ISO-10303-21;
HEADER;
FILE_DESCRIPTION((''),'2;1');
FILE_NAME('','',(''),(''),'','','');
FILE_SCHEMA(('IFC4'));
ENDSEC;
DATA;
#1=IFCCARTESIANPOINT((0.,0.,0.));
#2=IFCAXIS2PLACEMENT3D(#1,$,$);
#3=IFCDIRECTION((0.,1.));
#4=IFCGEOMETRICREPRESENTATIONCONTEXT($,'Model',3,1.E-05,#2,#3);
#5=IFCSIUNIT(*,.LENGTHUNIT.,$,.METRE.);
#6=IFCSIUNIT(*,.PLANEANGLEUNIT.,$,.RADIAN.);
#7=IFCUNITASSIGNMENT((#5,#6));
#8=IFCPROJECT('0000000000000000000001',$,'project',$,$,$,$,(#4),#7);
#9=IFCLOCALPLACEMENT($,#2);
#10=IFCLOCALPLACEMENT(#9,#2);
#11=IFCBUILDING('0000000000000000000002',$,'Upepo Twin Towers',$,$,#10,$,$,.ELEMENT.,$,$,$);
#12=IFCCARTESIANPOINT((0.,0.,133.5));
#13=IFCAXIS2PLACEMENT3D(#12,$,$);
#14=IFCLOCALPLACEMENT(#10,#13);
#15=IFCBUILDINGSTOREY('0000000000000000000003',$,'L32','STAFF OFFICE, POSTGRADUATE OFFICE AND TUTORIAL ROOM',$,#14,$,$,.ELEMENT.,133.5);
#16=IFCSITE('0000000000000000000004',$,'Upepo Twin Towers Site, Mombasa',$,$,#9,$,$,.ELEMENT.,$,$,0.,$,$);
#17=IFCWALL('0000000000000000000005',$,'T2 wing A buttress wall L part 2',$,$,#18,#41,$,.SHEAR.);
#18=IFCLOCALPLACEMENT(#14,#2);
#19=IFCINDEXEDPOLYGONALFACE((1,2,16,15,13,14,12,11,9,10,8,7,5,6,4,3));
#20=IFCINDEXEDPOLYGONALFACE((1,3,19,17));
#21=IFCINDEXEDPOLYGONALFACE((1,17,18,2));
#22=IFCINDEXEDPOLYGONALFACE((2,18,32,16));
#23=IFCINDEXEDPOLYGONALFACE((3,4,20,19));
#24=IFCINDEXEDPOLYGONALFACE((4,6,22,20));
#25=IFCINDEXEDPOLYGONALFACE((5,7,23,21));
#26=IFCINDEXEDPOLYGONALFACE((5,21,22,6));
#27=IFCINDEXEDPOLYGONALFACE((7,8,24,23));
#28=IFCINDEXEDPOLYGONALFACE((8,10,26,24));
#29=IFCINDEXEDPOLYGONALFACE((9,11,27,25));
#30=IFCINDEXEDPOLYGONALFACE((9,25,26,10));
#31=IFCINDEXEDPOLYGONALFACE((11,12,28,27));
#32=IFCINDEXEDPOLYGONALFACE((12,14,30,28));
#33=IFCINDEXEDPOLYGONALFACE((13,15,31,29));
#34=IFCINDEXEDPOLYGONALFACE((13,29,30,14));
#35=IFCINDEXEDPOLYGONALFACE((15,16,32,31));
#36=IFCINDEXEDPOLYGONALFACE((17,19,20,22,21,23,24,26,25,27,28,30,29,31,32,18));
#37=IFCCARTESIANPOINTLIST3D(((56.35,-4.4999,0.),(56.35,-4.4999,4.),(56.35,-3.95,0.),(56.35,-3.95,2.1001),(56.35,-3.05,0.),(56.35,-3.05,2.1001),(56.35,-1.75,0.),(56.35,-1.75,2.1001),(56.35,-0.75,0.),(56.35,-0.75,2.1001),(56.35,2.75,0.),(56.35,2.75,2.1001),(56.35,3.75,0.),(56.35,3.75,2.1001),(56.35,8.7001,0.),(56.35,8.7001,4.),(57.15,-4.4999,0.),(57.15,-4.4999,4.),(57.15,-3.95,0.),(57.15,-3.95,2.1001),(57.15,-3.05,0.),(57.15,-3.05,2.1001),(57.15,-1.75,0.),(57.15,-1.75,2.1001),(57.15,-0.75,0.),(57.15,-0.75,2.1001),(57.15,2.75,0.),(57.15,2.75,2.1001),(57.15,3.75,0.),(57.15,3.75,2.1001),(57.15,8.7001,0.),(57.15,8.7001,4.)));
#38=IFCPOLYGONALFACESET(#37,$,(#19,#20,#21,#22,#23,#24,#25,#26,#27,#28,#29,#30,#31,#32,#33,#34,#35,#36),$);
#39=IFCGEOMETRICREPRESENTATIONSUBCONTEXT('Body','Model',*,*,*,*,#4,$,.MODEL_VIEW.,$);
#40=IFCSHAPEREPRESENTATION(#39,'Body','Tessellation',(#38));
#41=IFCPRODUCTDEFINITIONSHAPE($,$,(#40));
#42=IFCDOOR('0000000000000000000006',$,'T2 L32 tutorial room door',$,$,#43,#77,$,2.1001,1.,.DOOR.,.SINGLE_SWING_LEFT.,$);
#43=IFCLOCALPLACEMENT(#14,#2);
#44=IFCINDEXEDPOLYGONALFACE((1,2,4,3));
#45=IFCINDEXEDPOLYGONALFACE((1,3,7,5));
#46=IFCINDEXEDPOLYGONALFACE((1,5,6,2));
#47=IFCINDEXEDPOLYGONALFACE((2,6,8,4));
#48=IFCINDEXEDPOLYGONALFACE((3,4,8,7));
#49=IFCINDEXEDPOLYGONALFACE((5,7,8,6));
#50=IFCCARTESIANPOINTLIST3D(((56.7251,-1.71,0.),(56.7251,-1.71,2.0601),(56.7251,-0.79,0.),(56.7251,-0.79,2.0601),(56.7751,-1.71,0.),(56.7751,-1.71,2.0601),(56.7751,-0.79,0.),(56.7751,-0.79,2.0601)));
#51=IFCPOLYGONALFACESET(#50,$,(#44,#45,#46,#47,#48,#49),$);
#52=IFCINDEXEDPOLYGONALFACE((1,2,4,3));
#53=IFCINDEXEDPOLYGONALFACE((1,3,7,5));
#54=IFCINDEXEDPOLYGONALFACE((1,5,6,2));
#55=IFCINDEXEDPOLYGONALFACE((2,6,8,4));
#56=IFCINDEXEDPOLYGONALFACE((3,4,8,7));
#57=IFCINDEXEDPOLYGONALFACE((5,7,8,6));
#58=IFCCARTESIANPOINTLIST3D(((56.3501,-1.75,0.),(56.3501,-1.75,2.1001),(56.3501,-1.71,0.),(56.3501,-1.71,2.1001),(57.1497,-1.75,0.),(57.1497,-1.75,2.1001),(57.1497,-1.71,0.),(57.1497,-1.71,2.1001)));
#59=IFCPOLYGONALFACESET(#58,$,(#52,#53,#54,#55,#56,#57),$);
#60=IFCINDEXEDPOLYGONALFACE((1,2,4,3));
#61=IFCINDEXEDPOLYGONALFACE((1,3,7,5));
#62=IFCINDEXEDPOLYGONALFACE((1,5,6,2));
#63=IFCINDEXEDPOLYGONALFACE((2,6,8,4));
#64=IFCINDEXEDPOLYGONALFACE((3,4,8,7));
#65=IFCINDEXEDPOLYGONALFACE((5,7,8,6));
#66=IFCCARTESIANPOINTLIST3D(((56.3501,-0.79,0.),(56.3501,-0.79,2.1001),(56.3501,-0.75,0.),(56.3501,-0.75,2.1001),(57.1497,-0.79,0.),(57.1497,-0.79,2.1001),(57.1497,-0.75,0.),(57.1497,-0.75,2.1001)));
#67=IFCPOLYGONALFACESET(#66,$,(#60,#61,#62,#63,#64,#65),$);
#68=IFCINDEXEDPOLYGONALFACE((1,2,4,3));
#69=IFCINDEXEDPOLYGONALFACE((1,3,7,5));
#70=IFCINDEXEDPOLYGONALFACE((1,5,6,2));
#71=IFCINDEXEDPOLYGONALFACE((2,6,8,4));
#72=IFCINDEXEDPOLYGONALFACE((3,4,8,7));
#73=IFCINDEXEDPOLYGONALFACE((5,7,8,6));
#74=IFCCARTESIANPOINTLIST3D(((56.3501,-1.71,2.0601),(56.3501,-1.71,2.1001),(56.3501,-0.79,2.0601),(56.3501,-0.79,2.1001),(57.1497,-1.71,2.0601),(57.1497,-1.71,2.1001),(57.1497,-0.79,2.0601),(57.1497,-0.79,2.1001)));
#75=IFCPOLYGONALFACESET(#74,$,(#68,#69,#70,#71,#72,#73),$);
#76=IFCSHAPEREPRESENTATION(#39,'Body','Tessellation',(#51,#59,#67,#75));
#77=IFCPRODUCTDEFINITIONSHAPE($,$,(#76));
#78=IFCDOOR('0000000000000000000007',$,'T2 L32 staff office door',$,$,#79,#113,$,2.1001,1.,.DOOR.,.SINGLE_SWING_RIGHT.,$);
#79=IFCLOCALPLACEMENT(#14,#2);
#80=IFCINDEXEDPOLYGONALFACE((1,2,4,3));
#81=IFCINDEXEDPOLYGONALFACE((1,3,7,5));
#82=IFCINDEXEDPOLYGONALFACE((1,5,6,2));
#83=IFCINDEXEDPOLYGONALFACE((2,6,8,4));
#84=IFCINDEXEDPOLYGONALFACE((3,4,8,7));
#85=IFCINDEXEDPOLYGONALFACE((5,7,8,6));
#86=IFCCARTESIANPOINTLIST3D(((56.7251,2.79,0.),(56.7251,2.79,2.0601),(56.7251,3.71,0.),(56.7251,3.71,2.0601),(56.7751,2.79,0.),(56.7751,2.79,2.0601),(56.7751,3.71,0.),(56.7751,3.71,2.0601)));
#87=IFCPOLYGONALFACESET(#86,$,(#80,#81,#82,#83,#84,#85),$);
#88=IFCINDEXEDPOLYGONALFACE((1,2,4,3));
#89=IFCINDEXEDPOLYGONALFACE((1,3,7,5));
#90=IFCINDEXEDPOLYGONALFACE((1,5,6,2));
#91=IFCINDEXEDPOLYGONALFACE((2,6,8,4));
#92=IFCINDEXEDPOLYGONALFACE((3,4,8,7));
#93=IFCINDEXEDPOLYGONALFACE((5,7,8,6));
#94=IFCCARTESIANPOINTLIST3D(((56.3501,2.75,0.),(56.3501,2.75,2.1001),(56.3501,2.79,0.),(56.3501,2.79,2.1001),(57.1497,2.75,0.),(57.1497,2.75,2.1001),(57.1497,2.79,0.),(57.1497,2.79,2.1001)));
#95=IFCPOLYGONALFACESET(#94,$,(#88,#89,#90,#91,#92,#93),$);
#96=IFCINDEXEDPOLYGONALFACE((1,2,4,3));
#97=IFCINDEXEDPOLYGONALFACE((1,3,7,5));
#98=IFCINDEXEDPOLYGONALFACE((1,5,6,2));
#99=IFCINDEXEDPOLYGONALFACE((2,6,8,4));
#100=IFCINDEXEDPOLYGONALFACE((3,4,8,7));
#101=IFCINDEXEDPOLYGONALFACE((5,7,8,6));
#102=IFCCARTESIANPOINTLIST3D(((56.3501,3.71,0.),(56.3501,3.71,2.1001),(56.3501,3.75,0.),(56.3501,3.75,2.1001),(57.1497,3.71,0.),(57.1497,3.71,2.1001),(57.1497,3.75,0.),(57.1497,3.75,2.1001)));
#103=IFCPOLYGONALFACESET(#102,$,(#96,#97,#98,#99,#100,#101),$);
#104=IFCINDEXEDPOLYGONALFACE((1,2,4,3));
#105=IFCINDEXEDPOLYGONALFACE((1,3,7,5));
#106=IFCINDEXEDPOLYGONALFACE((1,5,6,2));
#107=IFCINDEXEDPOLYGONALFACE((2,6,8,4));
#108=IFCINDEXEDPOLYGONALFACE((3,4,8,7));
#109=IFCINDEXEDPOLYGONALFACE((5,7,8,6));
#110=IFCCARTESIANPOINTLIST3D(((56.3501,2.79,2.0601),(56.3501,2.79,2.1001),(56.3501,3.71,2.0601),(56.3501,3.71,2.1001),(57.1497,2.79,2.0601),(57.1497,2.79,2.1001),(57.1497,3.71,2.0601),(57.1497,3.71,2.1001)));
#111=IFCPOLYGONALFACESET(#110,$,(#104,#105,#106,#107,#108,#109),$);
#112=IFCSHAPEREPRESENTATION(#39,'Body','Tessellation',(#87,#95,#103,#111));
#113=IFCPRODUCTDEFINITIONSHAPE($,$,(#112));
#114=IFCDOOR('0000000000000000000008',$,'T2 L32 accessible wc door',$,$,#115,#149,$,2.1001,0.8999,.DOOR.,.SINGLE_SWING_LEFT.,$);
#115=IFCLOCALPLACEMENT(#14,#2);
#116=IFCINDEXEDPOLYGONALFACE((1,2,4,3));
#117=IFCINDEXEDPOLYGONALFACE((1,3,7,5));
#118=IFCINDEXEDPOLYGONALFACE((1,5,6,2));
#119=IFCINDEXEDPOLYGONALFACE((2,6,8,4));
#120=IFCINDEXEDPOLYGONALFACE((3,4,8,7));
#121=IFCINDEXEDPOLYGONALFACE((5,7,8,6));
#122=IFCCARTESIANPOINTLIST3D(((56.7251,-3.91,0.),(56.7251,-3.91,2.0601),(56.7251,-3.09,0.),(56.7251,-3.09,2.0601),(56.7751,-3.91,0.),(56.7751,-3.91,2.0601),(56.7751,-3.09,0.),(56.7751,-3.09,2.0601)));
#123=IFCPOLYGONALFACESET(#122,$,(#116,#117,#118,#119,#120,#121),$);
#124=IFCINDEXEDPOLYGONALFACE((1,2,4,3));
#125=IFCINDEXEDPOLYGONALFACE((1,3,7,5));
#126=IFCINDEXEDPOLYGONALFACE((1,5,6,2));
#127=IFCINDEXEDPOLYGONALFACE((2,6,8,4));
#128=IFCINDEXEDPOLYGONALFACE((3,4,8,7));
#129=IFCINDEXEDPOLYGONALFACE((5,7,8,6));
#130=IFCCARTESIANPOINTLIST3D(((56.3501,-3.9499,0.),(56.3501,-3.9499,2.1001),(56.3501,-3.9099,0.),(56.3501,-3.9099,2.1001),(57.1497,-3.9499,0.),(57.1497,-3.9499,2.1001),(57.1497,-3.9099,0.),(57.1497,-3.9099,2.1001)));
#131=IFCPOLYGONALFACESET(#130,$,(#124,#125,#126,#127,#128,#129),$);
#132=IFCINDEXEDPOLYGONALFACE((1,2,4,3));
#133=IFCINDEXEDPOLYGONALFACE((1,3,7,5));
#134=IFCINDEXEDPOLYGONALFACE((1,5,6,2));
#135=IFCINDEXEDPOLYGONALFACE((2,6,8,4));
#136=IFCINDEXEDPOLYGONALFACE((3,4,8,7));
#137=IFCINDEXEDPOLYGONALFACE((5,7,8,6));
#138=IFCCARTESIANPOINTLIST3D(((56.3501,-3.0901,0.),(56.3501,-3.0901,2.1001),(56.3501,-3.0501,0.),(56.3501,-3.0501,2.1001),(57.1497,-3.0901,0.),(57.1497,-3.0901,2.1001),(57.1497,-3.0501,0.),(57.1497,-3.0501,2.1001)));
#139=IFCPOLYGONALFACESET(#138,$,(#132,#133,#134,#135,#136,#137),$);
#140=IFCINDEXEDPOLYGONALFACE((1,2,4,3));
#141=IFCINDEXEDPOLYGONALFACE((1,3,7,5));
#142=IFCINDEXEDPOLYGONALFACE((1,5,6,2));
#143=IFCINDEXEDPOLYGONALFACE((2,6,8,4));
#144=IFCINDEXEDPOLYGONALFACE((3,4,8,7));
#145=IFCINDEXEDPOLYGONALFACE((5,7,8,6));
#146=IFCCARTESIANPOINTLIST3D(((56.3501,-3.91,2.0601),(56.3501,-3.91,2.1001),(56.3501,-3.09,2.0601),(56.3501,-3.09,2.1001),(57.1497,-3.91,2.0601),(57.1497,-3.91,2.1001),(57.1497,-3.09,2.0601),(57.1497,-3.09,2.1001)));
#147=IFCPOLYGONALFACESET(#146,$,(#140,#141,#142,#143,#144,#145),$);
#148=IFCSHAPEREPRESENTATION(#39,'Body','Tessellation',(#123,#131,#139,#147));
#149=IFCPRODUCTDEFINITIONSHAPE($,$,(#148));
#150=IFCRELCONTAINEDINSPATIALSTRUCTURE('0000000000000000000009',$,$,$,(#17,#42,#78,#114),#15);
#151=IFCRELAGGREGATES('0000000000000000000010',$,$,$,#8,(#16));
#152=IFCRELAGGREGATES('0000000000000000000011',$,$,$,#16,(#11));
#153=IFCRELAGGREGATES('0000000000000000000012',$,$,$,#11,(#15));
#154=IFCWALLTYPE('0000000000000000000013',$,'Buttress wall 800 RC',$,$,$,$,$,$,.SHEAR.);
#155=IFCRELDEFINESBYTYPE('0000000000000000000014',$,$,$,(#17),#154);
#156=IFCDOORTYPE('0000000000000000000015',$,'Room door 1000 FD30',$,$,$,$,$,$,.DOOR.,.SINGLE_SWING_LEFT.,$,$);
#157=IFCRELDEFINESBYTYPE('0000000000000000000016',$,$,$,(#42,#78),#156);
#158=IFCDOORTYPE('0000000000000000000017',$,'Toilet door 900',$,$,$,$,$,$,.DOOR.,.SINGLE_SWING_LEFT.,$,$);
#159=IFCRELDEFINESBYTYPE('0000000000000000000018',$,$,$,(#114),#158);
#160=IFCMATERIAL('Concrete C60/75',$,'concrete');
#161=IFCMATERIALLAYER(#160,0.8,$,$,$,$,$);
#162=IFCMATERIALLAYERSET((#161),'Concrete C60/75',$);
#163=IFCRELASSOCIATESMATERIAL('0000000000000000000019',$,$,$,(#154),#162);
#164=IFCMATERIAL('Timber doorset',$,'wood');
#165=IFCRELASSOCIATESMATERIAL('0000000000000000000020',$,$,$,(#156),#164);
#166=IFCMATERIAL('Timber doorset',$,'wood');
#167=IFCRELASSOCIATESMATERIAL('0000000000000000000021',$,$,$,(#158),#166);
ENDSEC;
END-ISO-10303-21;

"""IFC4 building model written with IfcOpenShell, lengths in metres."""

from ifc_helpers import new_model, si_unit, direction, frame, frame_2d, origin, place, context, subcontext, project, spatial, rectangle, extrude, material, layer, layer_set, type_object, element, fill, save


model = new_model("IFC4")

# Units and contexts
model_context = context("Model", 3, precision=1e-05, world=origin(), true_north=direction((0.0, 1.0)))
body_context = subcontext(model_context, "Body", "Model", "MODEL_VIEW")
ifc_project = project(units=[si_unit("LENGTHUNIT", "METRE"), si_unit("PLANEANGLEUNIT", "RADIAN")], contexts=[model_context])

# Site, building, storey
site_placement = place(None, origin())
site = spatial("IfcSite", under=ifc_project, at=site_placement, Name="Upepo Twin Towers Site, Mombasa", CompositionType="ELEMENT", RefElevation=0.0)
building_placement = place(site_placement, origin())
building = spatial("IfcBuilding", under=site, at=building_placement, Name="Upepo Twin Towers", CompositionType="ELEMENT")
storey_placement = place(building_placement, frame((0.0, 0.0, 133.5)))
storey = spatial("IfcBuildingStorey", under=building, at=storey_placement, Name="L32", Description="STAFF OFFICE, POSTGRADUATE OFFICE AND TUTORIAL ROOM", CompositionType="ELEMENT", Elevation=133.5)

# Wall, openings, doors
ifc_material_1 = material(Name="Concrete C60/75", Category="concrete")
ifc_layer_1 = layer(ifc_material_1, 0.8)
ifc_layer_set_1 = layer_set([ifc_layer_1], Name="Concrete C60/75")
wall_type_1 = type_object("IfcWallType", Name="Buttress wall 800 RC", PredefinedType="SHEAR", material=ifc_layer_set_1)
wall_1_placement = place(storey_placement, frame((56.75, -4.5, 0.0), z_axis=(0.0, 0.0, 1.0), x_axis=(0.0, 1.0, 0.0)))
wall_1 = element("IfcWall", 1, at=wall_1_placement, inside=storey, type_object=wall_type_1, Name="T2 wing A buttress wall L part 2", PredefinedType="SHEAR", context=body_context, shape_type="SweptSolid", body=[
    extrude(rectangle(XDim=13.2, YDim=0.8, at=frame_2d((6.6001, 0.0))), origin(), (0.0, 0.0, 1.0), 4.0),
])
opening_1_placement = place(wall_1_placement, frame((0.55, 0.0, 0.0)))
opening_1 = element("IfcOpeningElement", 2, at=opening_1_placement, cuts=wall_1, PredefinedType="OPENING", context=body_context, shape_type="SweptSolid", body=[
    extrude(rectangle(XDim=0.8999, YDim=2.1001, at=frame_2d((0.45, 1.05))), frame((0.0, 0.4099, 0.0), z_axis=(0.0, -1.0, 0.0), x_axis=(1.0, 0.0, 0.0)), (0.0, 0.0, 1.0), 0.8201),
])
opening_2_placement = place(wall_1_placement, frame((2.75, 0.0, 0.0)))
opening_2 = element("IfcOpeningElement", 3, at=opening_2_placement, cuts=wall_1, PredefinedType="OPENING", context=body_context, shape_type="SweptSolid", body=[
    extrude(rectangle(XDim=1.0, YDim=2.1001, at=frame_2d((0.5, 1.05))), frame((0.0, 0.4099, 0.0), z_axis=(0.0, -1.0, 0.0), x_axis=(1.0, 0.0, 0.0)), (0.0, 0.0, 1.0), 0.8201),
])
opening_3_placement = place(wall_1_placement, frame((7.25, 0.0, 0.0)))
opening_3 = element("IfcOpeningElement", 4, at=opening_3_placement, cuts=wall_1, PredefinedType="OPENING", context=body_context, shape_type="SweptSolid", body=[
    extrude(rectangle(XDim=1.0, YDim=2.1001, at=frame_2d((0.5, 1.05))), frame((0.0, 0.4099, 0.0), z_axis=(0.0, -1.0, 0.0), x_axis=(1.0, 0.0, 0.0)), (0.0, 0.0, 1.0), 0.8201),
])
ifc_material_2 = material(Name="Timber doorset", Category="wood")
door_type_1 = type_object("IfcDoorType", Name="Room door 1000 FD30", OperationType="SINGLE_SWING_LEFT", PredefinedType="DOOR", material=ifc_material_2)
door_1_placement = place(opening_2_placement, origin())
door_1 = element("IfcDoor", 5, at=door_1_placement, inside=storey, type_object=door_type_1, Name="T2 L32 tutorial room door", OperationType="SINGLE_SWING_LEFT", OverallHeight=2.1001, OverallWidth=1.0, PredefinedType="DOOR", context=body_context, shape_type="SweptSolid", body=[
    extrude(rectangle(XDim=0.92, YDim=2.0601, at=frame_2d((0.5, 1.03))), frame((0.0, 0.0249, 0.0), z_axis=(0.0, -1.0, 0.0), x_axis=(1.0, 0.0, 0.0)), (0.0, 0.0, 1.0), 0.05),
    extrude(rectangle(XDim=0.04, YDim=2.1001, at=frame_2d((0.02, 1.05))), frame((0.0, 0.3999, 0.0), z_axis=(0.0, -1.0, 0.0), x_axis=(1.0, 0.0, 0.0)), (0.0, 0.0, 1.0), 0.7996),
    extrude(rectangle(XDim=0.04, YDim=2.1001, at=frame_2d((0.98, 1.05))), frame((0.0, 0.3999, 0.0), z_axis=(0.0, -1.0, 0.0), x_axis=(1.0, 0.0, 0.0)), (0.0, 0.0, 1.0), 0.7996),
    extrude(rectangle(XDim=0.92, YDim=0.04, at=frame_2d((0.5, 2.0801))), frame((0.0, 0.3999, 0.0), z_axis=(0.0, -1.0, 0.0), x_axis=(1.0, 0.0, 0.0)), (0.0, 0.0, 1.0), 0.7996),
])
fill(opening_2, door_1)
door_2_placement = place(opening_3_placement, origin())
door_2 = element("IfcDoor", 6, at=door_2_placement, inside=storey, type_object=door_type_1, Name="T2 L32 staff office door", OperationType="SINGLE_SWING_RIGHT", OverallHeight=2.1001, OverallWidth=1.0, PredefinedType="DOOR", context=body_context, shape_type="SweptSolid", body=[
    extrude(rectangle(XDim=0.92, YDim=2.0601, at=frame_2d((0.5, 1.03))), frame((0.0, 0.0249, 0.0), z_axis=(0.0, -1.0, 0.0), x_axis=(1.0, 0.0, 0.0)), (0.0, 0.0, 1.0), 0.05),
    extrude(rectangle(XDim=0.04, YDim=2.1001, at=frame_2d((0.02, 1.05))), frame((0.0, 0.3999, 0.0), z_axis=(0.0, -1.0, 0.0), x_axis=(1.0, 0.0, 0.0)), (0.0, 0.0, 1.0), 0.7996),
    extrude(rectangle(XDim=0.04, YDim=2.1001, at=frame_2d((0.98, 1.05))), frame((0.0, 0.3999, 0.0), z_axis=(0.0, -1.0, 0.0), x_axis=(1.0, 0.0, 0.0)), (0.0, 0.0, 1.0), 0.7996),
    extrude(rectangle(XDim=0.92, YDim=0.04, at=frame_2d((0.5, 2.0801))), frame((0.0, 0.3999, 0.0), z_axis=(0.0, -1.0, 0.0), x_axis=(1.0, 0.0, 0.0)), (0.0, 0.0, 1.0), 0.7996),
])
fill(opening_3, door_2)
ifc_material_3 = material(Name="Timber doorset", Category="wood")
door_type_2 = type_object("IfcDoorType", Name="Toilet door 900", OperationType="SINGLE_SWING_LEFT", PredefinedType="DOOR", material=ifc_material_3)
door_3_placement = place(opening_1_placement, origin())
door_3 = element("IfcDoor", 7, at=door_3_placement, inside=storey, type_object=door_type_2, Name="T2 L32 accessible wc door", OperationType="SINGLE_SWING_LEFT", OverallHeight=2.1001, OverallWidth=0.8999, PredefinedType="DOOR", context=body_context, shape_type="SweptSolid", body=[
    extrude(rectangle(XDim=0.8199, YDim=2.0601, at=frame_2d((0.45, 1.03))), frame((0.0, 0.0249, 0.0), z_axis=(0.0, -1.0, 0.0), x_axis=(1.0, 0.0, 0.0)), (0.0, 0.0, 1.0), 0.05),
    extrude(rectangle(XDim=0.04, YDim=2.1001, at=frame_2d((0.02, 1.05))), frame((0.0, 0.3999, 0.0), z_axis=(0.0, -1.0, 0.0), x_axis=(1.0, 0.0, 0.0)), (0.0, 0.0, 1.0), 0.7996),
    extrude(rectangle(XDim=0.04, YDim=2.1001, at=frame_2d((0.8799, 1.05))), frame((0.0, 0.3999, 0.0), z_axis=(0.0, -1.0, 0.0), x_axis=(1.0, 0.0, 0.0)), (0.0, 0.0, 1.0), 0.7996),
    extrude(rectangle(XDim=0.8199, YDim=0.04, at=frame_2d((0.45, 2.0801))), frame((0.0, 0.3999, 0.0), z_axis=(0.0, -1.0, 0.0), x_axis=(1.0, 0.0, 0.0)), (0.0, 0.0, 1.0), 0.7996),
])
fill(opening_1, door_3)

save(model, "model.ifc")
